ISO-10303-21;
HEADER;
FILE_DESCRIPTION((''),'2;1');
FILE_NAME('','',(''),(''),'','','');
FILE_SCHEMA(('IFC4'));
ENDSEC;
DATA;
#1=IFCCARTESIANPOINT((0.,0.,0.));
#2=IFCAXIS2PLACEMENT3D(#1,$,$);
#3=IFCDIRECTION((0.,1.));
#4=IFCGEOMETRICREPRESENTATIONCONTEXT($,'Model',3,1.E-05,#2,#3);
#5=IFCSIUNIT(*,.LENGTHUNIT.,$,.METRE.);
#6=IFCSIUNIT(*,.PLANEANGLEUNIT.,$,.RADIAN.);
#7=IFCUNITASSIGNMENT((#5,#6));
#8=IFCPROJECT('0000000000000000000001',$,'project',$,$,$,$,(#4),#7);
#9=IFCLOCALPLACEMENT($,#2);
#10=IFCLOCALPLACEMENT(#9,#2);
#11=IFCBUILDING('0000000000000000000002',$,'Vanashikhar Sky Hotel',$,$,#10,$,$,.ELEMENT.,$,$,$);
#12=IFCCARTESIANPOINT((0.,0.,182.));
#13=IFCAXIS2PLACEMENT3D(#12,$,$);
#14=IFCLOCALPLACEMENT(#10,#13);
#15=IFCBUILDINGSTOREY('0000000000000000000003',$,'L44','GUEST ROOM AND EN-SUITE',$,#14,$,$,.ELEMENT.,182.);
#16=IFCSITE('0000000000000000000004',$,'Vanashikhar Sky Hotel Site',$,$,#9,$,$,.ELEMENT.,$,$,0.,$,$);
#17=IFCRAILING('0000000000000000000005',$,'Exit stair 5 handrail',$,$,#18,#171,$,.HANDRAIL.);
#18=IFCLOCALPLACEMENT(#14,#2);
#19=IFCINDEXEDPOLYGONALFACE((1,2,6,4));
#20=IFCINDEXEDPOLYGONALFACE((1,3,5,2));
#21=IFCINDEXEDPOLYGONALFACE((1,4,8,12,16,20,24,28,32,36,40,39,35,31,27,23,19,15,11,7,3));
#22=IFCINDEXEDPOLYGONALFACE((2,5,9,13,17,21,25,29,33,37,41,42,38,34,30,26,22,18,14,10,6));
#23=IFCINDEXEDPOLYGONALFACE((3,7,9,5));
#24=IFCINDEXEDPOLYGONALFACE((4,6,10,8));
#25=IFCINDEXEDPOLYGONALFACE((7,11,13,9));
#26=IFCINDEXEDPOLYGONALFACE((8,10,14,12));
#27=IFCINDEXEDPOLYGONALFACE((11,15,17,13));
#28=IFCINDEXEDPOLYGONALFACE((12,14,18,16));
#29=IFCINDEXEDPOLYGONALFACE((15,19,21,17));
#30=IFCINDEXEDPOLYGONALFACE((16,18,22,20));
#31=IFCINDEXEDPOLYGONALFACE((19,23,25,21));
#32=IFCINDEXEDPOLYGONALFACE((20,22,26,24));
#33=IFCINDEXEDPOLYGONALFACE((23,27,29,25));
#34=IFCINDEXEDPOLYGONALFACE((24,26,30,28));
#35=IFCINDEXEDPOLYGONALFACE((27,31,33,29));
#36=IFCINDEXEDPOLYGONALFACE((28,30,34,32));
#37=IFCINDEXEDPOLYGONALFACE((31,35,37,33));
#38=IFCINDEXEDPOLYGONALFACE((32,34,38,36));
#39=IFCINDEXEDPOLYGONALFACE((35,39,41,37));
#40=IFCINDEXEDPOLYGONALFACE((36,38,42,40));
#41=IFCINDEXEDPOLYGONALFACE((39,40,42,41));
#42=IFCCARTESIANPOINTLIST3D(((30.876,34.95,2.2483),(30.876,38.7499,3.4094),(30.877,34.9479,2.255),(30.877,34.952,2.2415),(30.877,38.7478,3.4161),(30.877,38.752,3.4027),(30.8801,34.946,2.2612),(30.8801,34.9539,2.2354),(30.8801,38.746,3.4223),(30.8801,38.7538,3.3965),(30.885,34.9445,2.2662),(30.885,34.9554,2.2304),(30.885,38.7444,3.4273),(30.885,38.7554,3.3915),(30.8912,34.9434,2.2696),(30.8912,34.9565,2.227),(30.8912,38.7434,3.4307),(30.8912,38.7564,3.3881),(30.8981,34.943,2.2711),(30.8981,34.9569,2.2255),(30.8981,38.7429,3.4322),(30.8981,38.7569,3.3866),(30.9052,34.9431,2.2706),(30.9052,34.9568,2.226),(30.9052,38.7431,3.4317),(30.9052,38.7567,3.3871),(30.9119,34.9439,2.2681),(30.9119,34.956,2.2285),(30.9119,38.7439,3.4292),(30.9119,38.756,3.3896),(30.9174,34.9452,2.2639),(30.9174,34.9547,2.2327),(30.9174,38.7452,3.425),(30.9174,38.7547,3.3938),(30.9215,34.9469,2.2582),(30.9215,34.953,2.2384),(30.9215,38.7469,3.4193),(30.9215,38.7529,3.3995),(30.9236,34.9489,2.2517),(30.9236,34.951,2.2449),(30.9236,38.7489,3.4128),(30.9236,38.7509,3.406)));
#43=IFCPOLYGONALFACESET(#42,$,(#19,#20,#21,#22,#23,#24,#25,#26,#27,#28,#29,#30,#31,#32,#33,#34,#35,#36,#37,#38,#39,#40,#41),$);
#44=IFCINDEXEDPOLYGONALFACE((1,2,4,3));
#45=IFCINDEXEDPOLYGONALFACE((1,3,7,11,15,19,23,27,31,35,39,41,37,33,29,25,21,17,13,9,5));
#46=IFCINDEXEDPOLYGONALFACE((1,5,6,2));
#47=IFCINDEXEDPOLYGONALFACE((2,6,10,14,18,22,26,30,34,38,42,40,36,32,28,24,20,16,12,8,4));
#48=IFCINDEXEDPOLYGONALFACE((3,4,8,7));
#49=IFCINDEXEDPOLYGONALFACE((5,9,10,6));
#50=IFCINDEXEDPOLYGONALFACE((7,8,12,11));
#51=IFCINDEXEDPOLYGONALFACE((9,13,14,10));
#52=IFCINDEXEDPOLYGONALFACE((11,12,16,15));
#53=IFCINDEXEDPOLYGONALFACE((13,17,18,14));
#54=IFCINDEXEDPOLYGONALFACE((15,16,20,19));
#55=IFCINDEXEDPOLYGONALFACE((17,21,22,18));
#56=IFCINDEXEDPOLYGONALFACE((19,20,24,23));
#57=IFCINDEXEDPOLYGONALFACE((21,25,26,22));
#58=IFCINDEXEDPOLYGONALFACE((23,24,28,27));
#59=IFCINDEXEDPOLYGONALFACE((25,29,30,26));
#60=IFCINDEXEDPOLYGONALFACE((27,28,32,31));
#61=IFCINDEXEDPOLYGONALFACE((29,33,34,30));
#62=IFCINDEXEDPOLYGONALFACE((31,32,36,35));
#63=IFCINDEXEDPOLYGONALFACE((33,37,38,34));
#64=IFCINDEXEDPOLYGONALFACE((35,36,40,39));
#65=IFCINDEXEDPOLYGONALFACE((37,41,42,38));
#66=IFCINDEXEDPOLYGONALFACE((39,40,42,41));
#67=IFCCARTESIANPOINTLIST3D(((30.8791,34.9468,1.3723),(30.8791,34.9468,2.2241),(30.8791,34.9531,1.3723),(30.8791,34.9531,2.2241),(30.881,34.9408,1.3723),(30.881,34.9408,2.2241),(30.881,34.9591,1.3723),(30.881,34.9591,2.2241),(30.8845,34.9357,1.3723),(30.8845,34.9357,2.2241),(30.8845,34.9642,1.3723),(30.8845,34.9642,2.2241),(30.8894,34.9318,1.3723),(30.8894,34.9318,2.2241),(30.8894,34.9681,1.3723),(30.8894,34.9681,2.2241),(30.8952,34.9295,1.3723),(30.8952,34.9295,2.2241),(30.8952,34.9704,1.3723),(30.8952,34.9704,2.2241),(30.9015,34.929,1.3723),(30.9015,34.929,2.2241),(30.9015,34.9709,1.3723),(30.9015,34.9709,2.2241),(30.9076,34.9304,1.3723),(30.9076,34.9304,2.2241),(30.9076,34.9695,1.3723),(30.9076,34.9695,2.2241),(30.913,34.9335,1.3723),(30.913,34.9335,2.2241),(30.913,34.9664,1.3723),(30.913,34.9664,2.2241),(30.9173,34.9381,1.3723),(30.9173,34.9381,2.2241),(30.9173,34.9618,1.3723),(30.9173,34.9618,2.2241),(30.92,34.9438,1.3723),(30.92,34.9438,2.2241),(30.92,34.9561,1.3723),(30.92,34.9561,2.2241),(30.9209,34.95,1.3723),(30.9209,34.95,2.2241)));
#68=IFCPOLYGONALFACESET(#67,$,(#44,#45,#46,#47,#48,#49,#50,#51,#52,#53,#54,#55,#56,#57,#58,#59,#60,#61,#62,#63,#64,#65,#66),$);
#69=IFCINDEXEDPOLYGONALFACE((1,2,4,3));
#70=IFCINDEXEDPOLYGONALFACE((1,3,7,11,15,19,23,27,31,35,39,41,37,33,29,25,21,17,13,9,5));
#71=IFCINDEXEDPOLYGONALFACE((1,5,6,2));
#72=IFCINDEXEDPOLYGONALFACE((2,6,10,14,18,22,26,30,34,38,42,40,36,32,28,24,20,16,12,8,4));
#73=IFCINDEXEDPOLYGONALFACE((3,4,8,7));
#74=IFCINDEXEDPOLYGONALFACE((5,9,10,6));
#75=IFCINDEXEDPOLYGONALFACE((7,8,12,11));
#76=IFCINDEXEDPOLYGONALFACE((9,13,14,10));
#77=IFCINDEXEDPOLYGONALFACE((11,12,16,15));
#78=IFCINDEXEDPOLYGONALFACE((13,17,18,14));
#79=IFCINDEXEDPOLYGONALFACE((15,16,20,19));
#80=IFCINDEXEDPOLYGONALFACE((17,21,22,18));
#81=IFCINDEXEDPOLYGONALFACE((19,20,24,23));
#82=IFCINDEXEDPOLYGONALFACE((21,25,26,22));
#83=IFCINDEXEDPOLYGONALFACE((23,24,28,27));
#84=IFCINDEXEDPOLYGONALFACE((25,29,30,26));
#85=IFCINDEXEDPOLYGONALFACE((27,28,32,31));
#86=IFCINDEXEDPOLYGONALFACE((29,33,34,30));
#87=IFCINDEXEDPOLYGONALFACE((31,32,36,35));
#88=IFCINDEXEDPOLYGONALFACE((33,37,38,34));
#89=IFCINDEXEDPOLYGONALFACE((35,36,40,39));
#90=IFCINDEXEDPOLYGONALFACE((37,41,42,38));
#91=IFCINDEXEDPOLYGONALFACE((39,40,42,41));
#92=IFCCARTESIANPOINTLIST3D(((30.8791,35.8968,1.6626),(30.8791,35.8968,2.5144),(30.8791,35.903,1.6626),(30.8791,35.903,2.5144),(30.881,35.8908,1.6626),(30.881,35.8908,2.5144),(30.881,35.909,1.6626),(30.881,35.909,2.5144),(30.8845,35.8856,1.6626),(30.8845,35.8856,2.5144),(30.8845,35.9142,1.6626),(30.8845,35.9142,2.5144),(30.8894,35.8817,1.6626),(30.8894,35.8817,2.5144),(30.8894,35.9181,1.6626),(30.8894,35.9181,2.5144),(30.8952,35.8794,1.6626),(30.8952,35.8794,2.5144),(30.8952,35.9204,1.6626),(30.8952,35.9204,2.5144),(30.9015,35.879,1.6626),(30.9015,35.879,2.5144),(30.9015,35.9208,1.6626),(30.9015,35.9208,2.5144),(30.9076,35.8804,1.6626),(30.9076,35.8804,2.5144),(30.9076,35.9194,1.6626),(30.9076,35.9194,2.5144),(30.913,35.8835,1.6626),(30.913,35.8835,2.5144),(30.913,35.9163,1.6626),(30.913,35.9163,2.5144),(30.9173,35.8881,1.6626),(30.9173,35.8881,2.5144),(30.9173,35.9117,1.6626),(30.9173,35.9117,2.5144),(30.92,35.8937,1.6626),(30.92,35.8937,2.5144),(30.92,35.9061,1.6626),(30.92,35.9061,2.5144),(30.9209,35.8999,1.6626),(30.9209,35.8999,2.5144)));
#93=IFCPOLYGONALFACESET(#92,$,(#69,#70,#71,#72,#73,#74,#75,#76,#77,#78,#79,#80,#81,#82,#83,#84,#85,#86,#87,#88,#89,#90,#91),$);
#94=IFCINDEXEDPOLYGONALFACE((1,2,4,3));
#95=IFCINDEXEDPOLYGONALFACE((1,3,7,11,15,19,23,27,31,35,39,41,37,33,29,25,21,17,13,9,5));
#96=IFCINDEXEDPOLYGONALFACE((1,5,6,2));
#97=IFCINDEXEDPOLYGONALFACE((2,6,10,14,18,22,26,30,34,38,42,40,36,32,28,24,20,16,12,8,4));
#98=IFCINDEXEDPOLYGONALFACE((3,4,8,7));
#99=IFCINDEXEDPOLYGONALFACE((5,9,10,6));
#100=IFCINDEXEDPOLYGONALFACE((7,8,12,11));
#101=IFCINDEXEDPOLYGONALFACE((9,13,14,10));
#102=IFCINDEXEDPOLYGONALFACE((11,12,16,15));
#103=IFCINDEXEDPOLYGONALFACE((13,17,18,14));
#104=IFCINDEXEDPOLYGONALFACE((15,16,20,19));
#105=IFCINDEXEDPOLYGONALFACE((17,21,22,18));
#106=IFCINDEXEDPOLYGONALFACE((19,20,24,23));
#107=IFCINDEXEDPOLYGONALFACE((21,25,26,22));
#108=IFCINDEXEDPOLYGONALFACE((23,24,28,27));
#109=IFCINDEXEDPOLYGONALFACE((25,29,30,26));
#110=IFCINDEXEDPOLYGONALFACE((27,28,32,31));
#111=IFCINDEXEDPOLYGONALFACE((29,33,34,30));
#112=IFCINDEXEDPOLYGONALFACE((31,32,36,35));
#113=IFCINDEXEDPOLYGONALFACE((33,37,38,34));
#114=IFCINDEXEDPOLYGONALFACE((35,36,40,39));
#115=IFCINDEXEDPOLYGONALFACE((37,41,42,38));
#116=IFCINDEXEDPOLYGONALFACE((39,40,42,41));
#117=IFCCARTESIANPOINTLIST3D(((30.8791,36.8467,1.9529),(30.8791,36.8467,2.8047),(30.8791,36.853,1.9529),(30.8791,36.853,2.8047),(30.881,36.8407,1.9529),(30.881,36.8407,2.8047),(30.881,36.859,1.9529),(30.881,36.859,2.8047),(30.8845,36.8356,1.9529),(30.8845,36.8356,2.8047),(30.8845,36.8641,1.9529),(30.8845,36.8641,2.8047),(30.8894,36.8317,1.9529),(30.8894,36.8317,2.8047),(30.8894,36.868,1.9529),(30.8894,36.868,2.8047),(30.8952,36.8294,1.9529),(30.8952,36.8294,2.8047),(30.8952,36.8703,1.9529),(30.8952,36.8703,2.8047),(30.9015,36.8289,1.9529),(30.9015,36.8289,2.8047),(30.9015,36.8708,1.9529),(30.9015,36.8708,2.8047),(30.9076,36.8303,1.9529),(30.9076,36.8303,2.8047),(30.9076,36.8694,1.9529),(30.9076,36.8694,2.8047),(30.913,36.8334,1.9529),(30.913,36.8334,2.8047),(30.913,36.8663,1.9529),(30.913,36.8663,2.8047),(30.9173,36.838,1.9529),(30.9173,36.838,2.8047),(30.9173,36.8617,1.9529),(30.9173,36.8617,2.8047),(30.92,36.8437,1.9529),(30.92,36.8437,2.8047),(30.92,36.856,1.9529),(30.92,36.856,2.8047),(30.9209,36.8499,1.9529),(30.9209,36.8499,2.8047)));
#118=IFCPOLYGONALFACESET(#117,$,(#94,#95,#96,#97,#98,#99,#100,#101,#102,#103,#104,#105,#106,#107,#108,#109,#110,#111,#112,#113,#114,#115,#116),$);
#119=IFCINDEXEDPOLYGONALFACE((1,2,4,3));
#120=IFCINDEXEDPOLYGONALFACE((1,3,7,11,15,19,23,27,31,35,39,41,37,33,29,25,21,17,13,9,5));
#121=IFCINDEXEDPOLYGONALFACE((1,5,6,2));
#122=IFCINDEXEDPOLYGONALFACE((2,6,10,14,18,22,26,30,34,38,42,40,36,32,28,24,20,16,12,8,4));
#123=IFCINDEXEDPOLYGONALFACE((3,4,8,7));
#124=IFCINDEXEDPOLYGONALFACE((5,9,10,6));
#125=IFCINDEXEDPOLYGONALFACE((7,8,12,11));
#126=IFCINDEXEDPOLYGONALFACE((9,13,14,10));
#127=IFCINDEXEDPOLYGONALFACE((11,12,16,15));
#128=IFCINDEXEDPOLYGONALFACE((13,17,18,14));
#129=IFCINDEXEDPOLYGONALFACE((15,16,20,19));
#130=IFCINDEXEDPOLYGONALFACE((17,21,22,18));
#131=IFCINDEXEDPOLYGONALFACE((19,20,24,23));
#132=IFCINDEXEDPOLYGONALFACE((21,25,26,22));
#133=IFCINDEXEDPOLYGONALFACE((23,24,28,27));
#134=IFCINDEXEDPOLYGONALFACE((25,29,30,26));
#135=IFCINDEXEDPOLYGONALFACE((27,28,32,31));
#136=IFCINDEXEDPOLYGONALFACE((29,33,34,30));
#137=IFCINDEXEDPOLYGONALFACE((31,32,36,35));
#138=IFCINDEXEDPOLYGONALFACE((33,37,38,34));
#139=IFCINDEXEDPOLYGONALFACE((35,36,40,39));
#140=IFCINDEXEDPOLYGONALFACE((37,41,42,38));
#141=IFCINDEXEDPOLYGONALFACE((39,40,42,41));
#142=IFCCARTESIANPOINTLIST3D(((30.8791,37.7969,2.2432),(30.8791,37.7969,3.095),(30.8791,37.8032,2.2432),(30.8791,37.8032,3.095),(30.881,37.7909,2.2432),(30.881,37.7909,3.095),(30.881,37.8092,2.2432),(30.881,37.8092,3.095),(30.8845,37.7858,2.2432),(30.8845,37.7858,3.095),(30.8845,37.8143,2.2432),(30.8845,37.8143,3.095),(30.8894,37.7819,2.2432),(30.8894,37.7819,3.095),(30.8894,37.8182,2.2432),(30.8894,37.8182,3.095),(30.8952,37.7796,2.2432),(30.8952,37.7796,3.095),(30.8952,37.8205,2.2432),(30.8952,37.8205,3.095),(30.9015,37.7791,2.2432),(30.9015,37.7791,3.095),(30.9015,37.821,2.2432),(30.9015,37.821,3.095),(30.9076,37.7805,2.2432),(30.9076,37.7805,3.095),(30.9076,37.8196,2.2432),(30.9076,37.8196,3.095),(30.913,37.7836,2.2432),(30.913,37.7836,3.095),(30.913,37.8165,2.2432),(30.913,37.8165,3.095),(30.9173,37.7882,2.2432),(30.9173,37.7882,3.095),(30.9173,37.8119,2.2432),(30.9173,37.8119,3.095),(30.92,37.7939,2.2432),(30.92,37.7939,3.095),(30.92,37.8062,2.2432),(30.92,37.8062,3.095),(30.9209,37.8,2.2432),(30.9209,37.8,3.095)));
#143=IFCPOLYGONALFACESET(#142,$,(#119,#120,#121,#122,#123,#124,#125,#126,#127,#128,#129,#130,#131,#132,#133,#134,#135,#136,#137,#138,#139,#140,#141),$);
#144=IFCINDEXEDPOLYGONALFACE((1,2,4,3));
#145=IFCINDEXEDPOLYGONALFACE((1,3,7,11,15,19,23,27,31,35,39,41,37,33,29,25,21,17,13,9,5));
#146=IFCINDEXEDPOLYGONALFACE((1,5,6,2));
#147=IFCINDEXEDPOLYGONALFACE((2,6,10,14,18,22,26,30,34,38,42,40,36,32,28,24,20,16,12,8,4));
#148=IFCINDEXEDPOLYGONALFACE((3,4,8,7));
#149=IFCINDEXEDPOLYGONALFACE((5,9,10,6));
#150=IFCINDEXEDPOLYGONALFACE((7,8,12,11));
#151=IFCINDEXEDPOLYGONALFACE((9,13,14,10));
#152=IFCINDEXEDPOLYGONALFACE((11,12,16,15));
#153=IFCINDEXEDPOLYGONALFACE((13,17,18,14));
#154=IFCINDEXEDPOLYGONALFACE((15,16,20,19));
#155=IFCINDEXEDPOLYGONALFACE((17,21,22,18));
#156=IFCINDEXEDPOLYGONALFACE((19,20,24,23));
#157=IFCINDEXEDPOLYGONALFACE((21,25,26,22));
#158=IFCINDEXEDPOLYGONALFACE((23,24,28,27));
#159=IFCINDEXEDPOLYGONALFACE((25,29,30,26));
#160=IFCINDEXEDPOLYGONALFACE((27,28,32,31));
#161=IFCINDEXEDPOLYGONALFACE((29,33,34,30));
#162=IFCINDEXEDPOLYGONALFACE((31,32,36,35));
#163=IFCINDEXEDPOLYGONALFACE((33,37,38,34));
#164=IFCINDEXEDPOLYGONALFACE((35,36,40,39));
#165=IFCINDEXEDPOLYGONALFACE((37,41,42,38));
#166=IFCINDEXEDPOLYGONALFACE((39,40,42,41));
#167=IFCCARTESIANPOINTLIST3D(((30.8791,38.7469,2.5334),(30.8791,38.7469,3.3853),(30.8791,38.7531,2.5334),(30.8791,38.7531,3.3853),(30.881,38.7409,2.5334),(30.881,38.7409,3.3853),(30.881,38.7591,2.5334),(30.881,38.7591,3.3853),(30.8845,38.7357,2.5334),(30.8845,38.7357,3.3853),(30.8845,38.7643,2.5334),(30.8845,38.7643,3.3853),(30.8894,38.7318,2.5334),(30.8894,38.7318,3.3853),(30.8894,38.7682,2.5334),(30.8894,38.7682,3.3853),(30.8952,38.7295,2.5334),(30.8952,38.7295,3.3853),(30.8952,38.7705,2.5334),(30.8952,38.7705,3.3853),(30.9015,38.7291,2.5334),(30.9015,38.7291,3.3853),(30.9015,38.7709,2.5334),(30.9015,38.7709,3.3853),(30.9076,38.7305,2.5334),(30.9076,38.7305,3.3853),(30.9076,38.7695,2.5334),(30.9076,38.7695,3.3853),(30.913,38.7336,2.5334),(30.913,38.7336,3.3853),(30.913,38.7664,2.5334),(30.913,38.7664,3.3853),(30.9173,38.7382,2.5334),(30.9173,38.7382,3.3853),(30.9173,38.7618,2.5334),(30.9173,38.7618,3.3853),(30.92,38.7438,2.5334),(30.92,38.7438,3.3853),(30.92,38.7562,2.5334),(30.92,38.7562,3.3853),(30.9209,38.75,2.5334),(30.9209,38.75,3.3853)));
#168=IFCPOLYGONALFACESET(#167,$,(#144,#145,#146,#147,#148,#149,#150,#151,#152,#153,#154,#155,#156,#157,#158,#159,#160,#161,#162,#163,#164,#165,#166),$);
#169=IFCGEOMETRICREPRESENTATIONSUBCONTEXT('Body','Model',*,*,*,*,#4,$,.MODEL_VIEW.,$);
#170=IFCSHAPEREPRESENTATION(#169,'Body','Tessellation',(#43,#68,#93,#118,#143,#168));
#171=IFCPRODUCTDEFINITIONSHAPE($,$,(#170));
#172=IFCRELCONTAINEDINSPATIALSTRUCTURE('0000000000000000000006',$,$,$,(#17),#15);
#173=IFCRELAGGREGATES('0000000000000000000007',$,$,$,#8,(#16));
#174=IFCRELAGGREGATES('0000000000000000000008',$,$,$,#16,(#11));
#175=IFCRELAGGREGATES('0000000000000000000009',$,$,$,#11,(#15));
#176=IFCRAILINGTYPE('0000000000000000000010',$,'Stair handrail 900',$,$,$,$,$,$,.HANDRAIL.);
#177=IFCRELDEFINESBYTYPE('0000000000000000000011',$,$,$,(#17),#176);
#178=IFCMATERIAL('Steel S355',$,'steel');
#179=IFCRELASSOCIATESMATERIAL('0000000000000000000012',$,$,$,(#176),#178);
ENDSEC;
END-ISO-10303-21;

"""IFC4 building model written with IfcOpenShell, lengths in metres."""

from ifc_helpers import new_model, si_unit, direction, frame, origin, origin_2d, place, context, subcontext, project, spatial, circle, extrude, source, transform, mapped, material, type_object, element, save


model = new_model("IFC4")

# Units and contexts
model_context = context("Model", 3, precision=1e-05, world=origin(), true_north=direction((0.0, 1.0)))
body_context = subcontext(model_context, "Body", "Model", "MODEL_VIEW")
ifc_project = project(units=[si_unit("LENGTHUNIT", "METRE"), si_unit("PLANEANGLEUNIT", "RADIAN")], contexts=[model_context])

# Site, building, storey
site_placement = place(None, origin())
site = spatial("IfcSite", under=ifc_project, at=site_placement, Name="Vanashikhar Sky Hotel Site", CompositionType="ELEMENT", RefElevation=0.0)
building_placement = place(site_placement, origin())
building = spatial("IfcBuilding", under=site, at=building_placement, Name="Vanashikhar Sky Hotel", CompositionType="ELEMENT")
storey_placement = place(building_placement, frame((0.0, 0.0, 182.0)))
storey = spatial("IfcBuildingStorey", under=building, at=storey_placement, Name="L44", Description="GUEST ROOM AND EN-SUITE", CompositionType="ELEMENT", Elevation=182.0)

# Railing
ifc_material_1 = material(Name="Steel S355", Category="steel")
railing_type = type_object("IfcRailingType", Name="Stair handrail 900", PredefinedType="HANDRAIL", material=ifc_material_1)
shared_shape_1 = source(origin(), body_context, "Body", "SweptSolid", [
    extrude(circle(Radius=0.0239, at=origin_2d()), frame((0.0, 0.0, 0.876), z_axis=(0.0, 0.956351, 0.29222), x_axis=(-1.0, 0.0, 0.0)), (0.0, 0.0, 1.0), 3.9734),
    extrude(circle(Radius=0.021, at=origin_2d()), origin(), (0.0, 0.0, 1.0), 0.8518),
    extrude(circle(Radius=0.021, at=origin_2d()), frame((0.0, 0.95, 0.2903)), (0.0, 0.0, 1.0), 0.8518),
    extrude(circle(Radius=0.021, at=origin_2d()), frame((0.0, 1.8999, 0.5806)), (0.0, 0.0, 1.0), 0.8518),
    extrude(circle(Radius=0.021, at=origin_2d()), frame((0.0, 2.8501, 0.8708)), (0.0, 0.0, 1.0), 0.8518),
    extrude(circle(Radius=0.021, at=origin_2d()), frame((0.0, 3.8, 1.1611)), (0.0, 0.0, 1.0), 0.8518),
])
for number, where, name in (
    (1, (30.8999, 34.95, 1.3723), "Exit stair 5 handrail"),
):
    element("IfcRailing", number, at=place(storey_placement, frame(where)), inside=storey, type_object=railing_type, Name=name, PredefinedType="HANDRAIL", context=body_context, shape_type="MappedRepresentation", body=[
        mapped(shared_shape_1, transform((0.0, 0.0, 0.0), scale=1.0)),
    ])

save(model, "model.ifc")
